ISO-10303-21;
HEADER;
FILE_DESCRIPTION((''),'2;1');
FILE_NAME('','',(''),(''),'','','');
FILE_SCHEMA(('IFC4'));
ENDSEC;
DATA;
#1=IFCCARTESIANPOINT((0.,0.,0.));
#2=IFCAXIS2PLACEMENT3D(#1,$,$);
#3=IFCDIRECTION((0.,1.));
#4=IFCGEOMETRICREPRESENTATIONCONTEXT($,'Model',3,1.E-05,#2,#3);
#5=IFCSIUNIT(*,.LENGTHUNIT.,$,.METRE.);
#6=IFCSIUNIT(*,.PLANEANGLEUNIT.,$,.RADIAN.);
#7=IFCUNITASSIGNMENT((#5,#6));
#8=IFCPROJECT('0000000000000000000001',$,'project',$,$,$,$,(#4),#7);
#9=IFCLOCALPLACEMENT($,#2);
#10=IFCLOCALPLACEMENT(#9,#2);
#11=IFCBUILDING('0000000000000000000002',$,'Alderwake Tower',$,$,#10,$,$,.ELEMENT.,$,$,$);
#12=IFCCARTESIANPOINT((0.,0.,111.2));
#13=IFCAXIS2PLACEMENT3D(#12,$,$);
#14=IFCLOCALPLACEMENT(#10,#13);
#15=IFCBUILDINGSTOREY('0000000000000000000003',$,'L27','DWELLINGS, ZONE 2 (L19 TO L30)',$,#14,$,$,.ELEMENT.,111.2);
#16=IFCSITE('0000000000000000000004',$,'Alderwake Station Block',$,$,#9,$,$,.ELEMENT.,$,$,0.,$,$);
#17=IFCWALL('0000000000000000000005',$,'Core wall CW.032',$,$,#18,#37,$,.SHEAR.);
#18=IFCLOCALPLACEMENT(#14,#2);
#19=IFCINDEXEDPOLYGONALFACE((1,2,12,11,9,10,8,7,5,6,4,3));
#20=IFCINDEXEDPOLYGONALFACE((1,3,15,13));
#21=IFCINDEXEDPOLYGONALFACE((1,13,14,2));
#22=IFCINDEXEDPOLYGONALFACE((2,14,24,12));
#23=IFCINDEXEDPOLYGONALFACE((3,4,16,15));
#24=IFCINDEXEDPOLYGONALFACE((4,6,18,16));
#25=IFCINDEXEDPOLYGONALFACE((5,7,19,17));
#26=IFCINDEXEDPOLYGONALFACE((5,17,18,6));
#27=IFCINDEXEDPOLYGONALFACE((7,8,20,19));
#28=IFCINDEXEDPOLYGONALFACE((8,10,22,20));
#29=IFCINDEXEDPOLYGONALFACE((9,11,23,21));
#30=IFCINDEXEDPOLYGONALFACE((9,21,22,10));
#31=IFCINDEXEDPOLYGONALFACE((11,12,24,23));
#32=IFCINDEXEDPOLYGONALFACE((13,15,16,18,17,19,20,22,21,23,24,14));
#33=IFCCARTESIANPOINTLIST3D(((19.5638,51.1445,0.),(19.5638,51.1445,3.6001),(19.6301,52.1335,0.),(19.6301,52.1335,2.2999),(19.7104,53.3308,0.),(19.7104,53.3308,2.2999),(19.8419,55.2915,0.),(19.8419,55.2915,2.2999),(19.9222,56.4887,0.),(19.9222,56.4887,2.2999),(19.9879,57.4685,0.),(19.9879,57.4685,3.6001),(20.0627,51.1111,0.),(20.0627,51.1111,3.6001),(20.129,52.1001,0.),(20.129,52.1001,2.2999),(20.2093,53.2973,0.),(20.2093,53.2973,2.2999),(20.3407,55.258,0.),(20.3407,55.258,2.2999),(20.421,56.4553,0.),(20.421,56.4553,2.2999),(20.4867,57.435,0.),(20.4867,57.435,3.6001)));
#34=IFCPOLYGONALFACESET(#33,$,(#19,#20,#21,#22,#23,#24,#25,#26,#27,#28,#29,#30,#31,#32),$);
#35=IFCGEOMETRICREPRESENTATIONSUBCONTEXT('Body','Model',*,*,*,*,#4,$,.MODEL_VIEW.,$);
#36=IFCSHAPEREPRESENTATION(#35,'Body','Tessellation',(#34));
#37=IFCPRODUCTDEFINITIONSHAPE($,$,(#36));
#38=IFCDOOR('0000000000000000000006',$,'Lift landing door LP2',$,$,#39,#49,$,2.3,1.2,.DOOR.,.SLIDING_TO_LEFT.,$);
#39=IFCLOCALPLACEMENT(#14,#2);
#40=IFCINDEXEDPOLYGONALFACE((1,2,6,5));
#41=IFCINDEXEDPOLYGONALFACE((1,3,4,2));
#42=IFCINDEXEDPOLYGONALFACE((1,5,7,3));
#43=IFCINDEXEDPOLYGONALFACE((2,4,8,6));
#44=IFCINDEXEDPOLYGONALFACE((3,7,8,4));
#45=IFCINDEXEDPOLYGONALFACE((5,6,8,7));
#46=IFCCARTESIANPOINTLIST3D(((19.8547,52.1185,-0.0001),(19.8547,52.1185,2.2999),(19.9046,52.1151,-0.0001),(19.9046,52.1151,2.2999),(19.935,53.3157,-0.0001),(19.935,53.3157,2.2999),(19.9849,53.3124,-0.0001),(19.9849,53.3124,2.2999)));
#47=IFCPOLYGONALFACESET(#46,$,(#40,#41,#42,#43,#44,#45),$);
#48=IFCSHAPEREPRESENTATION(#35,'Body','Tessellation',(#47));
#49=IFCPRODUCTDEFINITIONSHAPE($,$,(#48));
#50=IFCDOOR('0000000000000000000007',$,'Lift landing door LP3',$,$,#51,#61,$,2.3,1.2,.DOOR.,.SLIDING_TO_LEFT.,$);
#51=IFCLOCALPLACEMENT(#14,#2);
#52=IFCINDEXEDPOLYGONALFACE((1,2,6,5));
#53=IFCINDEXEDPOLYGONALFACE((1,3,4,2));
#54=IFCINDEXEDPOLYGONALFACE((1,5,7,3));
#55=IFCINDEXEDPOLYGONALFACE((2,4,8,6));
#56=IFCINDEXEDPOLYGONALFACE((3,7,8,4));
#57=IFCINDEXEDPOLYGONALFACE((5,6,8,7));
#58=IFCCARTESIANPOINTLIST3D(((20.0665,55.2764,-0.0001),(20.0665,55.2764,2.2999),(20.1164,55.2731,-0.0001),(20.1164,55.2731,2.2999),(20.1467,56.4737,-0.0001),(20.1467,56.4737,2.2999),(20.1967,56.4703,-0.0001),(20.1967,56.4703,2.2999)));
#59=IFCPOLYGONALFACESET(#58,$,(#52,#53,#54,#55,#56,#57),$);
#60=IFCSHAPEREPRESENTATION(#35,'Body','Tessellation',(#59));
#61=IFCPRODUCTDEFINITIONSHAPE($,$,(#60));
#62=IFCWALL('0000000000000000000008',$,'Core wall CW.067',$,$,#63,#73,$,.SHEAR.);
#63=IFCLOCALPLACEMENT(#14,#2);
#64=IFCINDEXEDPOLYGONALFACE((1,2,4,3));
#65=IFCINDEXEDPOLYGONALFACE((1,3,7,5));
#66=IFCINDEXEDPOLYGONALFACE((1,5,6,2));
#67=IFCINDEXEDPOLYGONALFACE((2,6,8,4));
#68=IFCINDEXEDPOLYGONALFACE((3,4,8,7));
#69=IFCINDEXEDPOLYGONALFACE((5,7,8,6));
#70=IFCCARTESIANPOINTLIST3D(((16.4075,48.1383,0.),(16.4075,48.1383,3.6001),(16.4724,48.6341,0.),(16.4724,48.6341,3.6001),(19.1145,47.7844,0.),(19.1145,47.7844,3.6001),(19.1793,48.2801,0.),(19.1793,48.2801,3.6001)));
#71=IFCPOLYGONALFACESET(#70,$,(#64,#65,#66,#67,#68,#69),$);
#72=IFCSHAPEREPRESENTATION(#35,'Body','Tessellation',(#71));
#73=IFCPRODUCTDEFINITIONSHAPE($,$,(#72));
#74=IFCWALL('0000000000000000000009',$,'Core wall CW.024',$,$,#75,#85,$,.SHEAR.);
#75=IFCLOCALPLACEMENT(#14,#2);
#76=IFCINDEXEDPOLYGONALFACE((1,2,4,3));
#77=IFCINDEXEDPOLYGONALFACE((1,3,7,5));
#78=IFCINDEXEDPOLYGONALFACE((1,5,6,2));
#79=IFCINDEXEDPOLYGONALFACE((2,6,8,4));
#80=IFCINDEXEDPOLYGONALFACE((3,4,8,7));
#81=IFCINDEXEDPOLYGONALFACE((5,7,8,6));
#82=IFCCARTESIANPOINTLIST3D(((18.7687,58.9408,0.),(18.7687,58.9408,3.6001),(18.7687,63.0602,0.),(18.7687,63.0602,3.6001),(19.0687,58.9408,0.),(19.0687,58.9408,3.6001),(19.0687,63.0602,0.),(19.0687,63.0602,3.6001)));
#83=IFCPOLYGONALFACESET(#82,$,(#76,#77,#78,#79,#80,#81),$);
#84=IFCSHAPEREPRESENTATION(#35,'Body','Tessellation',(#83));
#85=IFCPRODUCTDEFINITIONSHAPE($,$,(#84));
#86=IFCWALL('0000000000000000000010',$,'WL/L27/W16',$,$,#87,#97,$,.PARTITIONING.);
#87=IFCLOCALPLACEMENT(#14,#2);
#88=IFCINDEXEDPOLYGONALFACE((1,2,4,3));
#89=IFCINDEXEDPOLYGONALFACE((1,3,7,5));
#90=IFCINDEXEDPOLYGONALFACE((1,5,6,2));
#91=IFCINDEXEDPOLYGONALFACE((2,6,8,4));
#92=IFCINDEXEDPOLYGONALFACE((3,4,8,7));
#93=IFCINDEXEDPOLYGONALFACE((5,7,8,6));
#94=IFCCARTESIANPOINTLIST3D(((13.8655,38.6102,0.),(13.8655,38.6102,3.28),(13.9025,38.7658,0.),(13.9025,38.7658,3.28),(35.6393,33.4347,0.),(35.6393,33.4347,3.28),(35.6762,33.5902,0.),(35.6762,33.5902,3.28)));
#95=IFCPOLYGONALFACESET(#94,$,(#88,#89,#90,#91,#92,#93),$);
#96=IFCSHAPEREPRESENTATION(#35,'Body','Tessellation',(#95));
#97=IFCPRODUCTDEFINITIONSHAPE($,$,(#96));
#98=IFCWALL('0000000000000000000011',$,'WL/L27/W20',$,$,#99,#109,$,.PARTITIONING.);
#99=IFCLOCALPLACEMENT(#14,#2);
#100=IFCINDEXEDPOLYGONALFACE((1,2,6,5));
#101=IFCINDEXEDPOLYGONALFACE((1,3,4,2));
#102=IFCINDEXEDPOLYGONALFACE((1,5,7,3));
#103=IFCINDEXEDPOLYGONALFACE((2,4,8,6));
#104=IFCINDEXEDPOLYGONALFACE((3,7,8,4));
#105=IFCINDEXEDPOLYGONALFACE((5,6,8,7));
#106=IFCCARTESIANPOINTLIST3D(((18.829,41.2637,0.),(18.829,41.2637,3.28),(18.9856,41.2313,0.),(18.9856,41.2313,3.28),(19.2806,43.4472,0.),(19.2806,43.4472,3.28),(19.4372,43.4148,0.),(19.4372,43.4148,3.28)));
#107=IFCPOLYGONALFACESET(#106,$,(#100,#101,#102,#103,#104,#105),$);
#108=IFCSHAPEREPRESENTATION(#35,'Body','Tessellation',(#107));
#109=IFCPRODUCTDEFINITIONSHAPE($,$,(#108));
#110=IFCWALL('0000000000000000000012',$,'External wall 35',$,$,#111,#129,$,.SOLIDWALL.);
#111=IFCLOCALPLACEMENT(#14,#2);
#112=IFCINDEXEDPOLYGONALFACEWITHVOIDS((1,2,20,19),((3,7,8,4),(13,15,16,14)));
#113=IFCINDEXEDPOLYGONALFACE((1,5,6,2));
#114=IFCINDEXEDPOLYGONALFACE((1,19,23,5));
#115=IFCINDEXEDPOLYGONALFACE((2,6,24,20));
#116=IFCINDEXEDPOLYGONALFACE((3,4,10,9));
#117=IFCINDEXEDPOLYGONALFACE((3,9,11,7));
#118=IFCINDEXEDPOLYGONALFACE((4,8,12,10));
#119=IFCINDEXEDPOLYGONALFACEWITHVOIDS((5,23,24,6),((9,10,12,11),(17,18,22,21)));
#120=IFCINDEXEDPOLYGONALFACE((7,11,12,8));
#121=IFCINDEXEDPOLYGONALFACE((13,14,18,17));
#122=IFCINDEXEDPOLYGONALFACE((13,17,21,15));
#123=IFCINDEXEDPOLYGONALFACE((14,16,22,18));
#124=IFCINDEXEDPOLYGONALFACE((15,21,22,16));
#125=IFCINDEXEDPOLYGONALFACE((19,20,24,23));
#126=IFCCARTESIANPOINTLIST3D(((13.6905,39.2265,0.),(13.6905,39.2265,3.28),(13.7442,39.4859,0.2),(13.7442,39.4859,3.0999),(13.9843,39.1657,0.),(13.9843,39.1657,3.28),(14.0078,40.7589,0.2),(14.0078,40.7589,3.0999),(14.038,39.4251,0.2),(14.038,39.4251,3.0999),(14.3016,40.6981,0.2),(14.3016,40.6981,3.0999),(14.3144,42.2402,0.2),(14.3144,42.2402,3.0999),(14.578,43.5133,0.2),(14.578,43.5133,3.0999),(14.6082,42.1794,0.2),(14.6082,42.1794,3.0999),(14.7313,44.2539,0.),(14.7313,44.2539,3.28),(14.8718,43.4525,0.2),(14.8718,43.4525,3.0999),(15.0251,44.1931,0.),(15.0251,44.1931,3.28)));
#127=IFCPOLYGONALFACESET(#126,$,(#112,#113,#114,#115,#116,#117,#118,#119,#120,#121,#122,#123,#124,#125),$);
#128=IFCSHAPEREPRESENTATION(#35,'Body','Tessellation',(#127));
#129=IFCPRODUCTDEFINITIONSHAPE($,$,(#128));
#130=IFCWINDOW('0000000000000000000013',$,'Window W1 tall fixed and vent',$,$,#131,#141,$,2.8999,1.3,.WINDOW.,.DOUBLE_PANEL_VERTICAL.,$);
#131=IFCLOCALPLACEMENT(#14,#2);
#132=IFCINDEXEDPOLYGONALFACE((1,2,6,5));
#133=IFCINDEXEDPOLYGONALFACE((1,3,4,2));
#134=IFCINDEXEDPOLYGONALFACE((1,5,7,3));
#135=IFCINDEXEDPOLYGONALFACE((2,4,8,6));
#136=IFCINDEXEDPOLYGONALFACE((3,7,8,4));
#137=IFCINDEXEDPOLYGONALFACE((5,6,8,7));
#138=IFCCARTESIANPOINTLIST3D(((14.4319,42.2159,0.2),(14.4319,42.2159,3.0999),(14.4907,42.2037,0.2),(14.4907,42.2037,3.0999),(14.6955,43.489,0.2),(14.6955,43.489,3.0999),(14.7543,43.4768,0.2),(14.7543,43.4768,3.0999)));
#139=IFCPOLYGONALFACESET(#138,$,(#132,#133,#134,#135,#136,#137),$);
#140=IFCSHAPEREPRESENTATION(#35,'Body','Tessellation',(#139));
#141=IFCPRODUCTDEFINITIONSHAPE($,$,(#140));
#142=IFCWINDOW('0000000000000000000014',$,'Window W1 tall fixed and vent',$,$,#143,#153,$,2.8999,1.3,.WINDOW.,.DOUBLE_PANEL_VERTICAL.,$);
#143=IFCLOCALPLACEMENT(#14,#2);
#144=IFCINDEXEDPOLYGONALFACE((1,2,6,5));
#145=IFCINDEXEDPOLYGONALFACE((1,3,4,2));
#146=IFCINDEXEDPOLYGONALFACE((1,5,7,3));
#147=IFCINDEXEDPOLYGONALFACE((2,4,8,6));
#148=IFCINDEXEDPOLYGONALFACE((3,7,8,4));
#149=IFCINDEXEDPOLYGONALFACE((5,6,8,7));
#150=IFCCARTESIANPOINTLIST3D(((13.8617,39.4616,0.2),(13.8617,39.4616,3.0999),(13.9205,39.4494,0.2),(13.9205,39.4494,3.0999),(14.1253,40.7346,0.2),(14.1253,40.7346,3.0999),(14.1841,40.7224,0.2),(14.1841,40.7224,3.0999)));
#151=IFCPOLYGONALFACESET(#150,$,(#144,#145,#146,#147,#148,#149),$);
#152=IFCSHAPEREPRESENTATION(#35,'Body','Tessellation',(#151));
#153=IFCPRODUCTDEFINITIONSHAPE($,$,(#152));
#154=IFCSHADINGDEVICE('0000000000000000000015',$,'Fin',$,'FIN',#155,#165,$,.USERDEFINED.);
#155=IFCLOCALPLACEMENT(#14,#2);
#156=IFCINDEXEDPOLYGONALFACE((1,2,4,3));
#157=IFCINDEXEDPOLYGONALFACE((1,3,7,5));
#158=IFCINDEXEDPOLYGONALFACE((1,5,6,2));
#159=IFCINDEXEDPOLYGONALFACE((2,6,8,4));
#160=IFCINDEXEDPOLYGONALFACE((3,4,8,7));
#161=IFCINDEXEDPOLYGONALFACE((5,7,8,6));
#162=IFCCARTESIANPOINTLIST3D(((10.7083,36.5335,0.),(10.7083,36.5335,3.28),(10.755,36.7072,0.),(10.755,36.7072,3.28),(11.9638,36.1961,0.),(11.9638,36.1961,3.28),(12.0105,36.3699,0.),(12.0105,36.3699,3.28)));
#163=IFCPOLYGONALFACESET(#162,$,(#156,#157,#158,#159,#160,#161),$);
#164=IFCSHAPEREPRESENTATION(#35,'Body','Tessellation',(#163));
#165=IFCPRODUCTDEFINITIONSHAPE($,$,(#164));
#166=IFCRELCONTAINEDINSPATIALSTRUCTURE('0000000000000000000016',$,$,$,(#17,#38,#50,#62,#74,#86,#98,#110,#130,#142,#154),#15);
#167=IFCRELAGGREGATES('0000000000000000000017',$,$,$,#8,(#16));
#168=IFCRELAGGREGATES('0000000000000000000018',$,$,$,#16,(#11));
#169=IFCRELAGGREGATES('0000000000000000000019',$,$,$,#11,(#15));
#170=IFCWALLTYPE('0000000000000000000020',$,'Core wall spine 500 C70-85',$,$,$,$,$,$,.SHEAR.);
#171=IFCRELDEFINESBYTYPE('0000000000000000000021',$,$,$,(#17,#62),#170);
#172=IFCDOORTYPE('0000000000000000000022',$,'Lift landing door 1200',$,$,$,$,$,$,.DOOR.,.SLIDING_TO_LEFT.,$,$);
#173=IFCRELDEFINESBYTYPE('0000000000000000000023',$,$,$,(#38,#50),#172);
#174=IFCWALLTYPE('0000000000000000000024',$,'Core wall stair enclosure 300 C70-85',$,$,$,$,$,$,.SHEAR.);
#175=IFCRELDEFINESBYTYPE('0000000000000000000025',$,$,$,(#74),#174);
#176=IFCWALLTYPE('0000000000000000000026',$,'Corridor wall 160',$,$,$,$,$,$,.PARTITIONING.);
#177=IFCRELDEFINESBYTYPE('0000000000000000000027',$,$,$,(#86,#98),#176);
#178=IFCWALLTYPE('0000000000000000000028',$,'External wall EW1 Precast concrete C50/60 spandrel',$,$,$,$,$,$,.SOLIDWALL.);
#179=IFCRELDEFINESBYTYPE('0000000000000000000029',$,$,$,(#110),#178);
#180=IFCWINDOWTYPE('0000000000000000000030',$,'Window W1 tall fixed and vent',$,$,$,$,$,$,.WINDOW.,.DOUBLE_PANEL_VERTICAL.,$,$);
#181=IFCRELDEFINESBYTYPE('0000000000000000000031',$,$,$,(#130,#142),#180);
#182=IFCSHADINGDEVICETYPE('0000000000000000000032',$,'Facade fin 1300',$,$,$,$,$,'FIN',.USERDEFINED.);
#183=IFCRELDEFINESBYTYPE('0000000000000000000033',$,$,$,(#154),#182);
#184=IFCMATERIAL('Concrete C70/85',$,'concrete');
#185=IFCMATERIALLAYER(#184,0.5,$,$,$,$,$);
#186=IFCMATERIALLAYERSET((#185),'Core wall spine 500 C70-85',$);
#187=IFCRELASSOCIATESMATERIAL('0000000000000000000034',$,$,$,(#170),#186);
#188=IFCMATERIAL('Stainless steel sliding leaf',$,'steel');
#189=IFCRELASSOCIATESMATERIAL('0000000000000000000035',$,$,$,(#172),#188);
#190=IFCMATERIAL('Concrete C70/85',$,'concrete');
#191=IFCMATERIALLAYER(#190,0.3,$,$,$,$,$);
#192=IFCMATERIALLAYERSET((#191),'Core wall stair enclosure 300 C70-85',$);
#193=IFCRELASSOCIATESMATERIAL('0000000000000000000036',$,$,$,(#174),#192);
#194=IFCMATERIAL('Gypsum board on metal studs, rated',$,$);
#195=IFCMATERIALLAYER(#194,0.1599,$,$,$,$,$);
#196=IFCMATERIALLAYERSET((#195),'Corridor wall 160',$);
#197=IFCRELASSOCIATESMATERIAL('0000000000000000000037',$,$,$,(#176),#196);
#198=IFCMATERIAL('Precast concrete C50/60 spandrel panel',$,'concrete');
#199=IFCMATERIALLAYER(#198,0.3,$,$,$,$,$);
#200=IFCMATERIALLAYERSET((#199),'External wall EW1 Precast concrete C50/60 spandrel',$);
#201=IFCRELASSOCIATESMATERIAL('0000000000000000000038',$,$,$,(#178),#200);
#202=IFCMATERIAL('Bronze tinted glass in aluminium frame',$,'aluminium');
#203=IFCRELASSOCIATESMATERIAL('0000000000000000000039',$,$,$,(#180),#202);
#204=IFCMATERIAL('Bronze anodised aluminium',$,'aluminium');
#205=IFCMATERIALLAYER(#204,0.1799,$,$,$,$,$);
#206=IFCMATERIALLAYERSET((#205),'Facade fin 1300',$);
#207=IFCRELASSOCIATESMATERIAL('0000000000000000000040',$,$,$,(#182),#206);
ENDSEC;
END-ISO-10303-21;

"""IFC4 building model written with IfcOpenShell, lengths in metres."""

from ifc_helpers import new_model, si_unit, direction, frame, frame_2d, origin, origin_2d, place, context, subcontext, project, spatial, rectangle, extrude, material, layer, layer_set, type_object, element, fill, save


model = new_model("IFC4")

# Units and contexts
model_context = context("Model", 3, precision=1e-05, world=origin(), true_north=direction((0.0, 1.0)))
body_context = subcontext(model_context, "Body", "Model", "MODEL_VIEW")
ifc_project = project(units=[si_unit("LENGTHUNIT", "METRE"), si_unit("PLANEANGLEUNIT", "RADIAN")], contexts=[model_context])

# Site, building, storey
site_placement = place(None, origin())
site = spatial("IfcSite", under=ifc_project, at=site_placement, Name="Alderwake Station Block", CompositionType="ELEMENT", RefElevation=0.0)
building_placement = place(site_placement, origin())
building = spatial("IfcBuilding", under=site, at=building_placement, Name="Alderwake Tower", CompositionType="ELEMENT")
storey_placement = place(building_placement, frame((0.0, 0.0, 111.2)))
storey = spatial("IfcBuildingStorey", under=building, at=storey_placement, Name="L27", Description="DWELLINGS, ZONE 2 (L19 TO L30)", CompositionType="ELEMENT", Elevation=111.2)

# Wall, openings, doors
ifc_material_1 = material(Name="Concrete C70/85", Category="concrete")
ifc_layer_1 = layer(ifc_material_1, 0.5)
ifc_layer_set_1 = layer_set([ifc_layer_1], Name="Core wall spine 500 C70-85")
wall_type_1 = type_object("IfcWallType", Name="Core wall spine 500 C70-85", PredefinedType="SHEAR", material=ifc_layer_set_1)
wall_1_placement = place(storey_placement, frame((19.8132, 51.1279, 0.0), z_axis=(0.0, 0.0, 1.0), x_axis=(0.066908, 0.997759, 0.0)))
wall_1 = element("IfcWall", 1, at=wall_1_placement, inside=storey, type_object=wall_type_1, Name="Core wall CW.032", PredefinedType="SHEAR", context=body_context, shape_type="SweptSolid", body=[
    extrude(rectangle(XDim=6.3381, YDim=0.5, at=frame_2d((3.1689, 0.0))), origin(), (0.0, 0.0, 1.0), 3.6001),
])
opening_1_placement = place(wall_1_placement, frame((0.991, 0.0, 0.0)))
opening_1 = element("IfcOpeningElement", 2, at=opening_1_placement, cuts=wall_1, PredefinedType="OPENING", context=body_context, shape_type="SweptSolid", body=[
    extrude(rectangle(XDim=1.2, YDim=2.3, at=frame_2d((0.6001, 1.1499))), frame((0.0, 0.26, 0.0), z_axis=(0.0, -1.0, 0.0), x_axis=(1.0, 0.0, 0.0)), (0.0, 0.0, 1.0), 0.52),
])
opening_2_placement = place(wall_1_placement, frame((4.156, 0.0, 0.0)))
opening_2 = element("IfcOpeningElement", 3, at=opening_2_placement, cuts=wall_1, PredefinedType="OPENING", context=body_context, shape_type="SweptSolid", body=[
    extrude(rectangle(XDim=1.2, YDim=2.3, at=frame_2d((0.6001, 1.1499))), frame((0.0, 0.26, 0.0), z_axis=(0.0, -1.0, 0.0), x_axis=(1.0, 0.0, 0.0)), (0.0, 0.0, 1.0), 0.52),
])
ifc_material_2 = material(Name="Stainless steel sliding leaf", Category="steel")
door_type_1 = type_object("IfcDoorType", Name="Lift landing door 1200", OperationType="SLIDING_TO_LEFT", PredefinedType="DOOR", material=ifc_material_2)
door_1_placement = place(opening_1_placement, origin())
door_1 = element("IfcDoor", 4, at=door_1_placement, inside=storey, type_object=door_type_1, Name="Lift landing door LP2", OperationType="SLIDING_TO_LEFT", OverallHeight=2.3, OverallWidth=1.2, PredefinedType="DOOR", context=body_context, shape_type="SweptSolid", body=[
    extrude(rectangle(XDim=1.2, YDim=2.3, at=frame_2d((0.6001, 1.1499))), frame((0.0, 0.0249, 0.0), z_axis=(0.0, -1.0, 0.0), x_axis=(1.0, 0.0, 0.0)), (0.0, 0.0, 1.0), 0.05),
])
fill(opening_1, door_1)
door_2_placement = place(opening_2_placement, origin())
door_2 = element("IfcDoor", 5, at=door_2_placement, inside=storey, type_object=door_type_1, Name="Lift landing door LP3", OperationType="SLIDING_TO_LEFT", OverallHeight=2.3, OverallWidth=1.2, PredefinedType="DOOR", context=body_context, shape_type="SweptSolid", body=[
    extrude(rectangle(XDim=1.2, YDim=2.3, at=frame_2d((0.6001, 1.1499))), frame((0.0, 0.0249, 0.0), z_axis=(0.0, -1.0, 0.0), x_axis=(1.0, 0.0, 0.0)), (0.0, 0.0, 1.0), 0.05),
])
fill(opening_2, door_2)

# Walls
wall_2_placement = place(storey_placement, frame((16.4399, 48.3862, 0.0), z_axis=(0.0, 0.0, 1.0), x_axis=(0.991557, -0.129668, 0.0)))
element("IfcWall", 6, at=wall_2_placement, inside=storey, type_object=wall_type_1, Name="Core wall CW.067", PredefinedType="SHEAR", context=body_context, shape_type="SweptSolid", body=[
    extrude(rectangle(XDim=2.73, YDim=0.5, at=frame_2d((1.365, 0.0))), origin(), (0.0, 0.0, 1.0), 3.6001),
])
ifc_material_3 = material(Name="Concrete C70/85", Category="concrete")
ifc_layer_2 = layer(ifc_material_3, 0.3)
ifc_layer_set_2 = layer_set([ifc_layer_2], Name="Core wall stair enclosure 300 C70-85")
wall_type_2 = type_object("IfcWallType", Name="Core wall stair enclosure 300 C70-85", PredefinedType="SHEAR", material=ifc_layer_set_2)
wall_3_placement = place(storey_placement, frame((18.9187, 58.9409, 0.0), z_axis=(0.0, 0.0, 1.0), x_axis=(0.0, 1.0, 0.0)))
element("IfcWall", 7, at=wall_3_placement, inside=storey, type_object=wall_type_2, Name="Core wall CW.024", PredefinedType="SHEAR", context=body_context, shape_type="SweptSolid", body=[
    extrude(rectangle(XDim=4.1194, YDim=0.3, at=frame_2d((2.0596, 0.0))), origin(), (0.0, 0.0, 1.0), 3.6001),
])
ifc_material_4 = material(Name="Gypsum board on metal studs, rated")
ifc_layer_3 = layer(ifc_material_4, 0.1599)
ifc_layer_set_3 = layer_set([ifc_layer_3], Name="Corridor wall 160")
wall_type_3 = type_object("IfcWallType", Name="Corridor wall 160", PredefinedType="PARTITIONING", material=ifc_layer_set_3)
wall_4_placement = place(storey_placement, frame((13.884, 38.688, 0.0), z_axis=(0.0, 0.0, 1.0), x_axis=(0.972893, -0.231254, 0.0)))
element("IfcWall", 8, at=wall_4_placement, inside=storey, type_object=wall_type_3, Name="WL/L27/W16", PredefinedType="PARTITIONING", context=body_context, shape_type="SweptSolid", body=[
    extrude(rectangle(XDim=22.3804, YDim=0.1599, at=frame_2d((11.1902, 0.0))), origin(), (0.0, 0.0, 1.0), 3.28),
])
wall_5_placement = place(storey_placement, frame((19.3589, 43.4309, 0.0), z_axis=(0.0, 0.0, 1.0), x_axis=(-0.202555, -0.979271, 0.0)))
element("IfcWall", 9, at=wall_5_placement, inside=storey, type_object=wall_type_3, Name="WL/L27/W20", PredefinedType="PARTITIONING", context=body_context, shape_type="SweptSolid", body=[
    extrude(rectangle(XDim=2.2297, YDim=0.1599, at=frame_2d((1.1147, 0.0))), origin(), (0.0, 0.0, 1.0), 3.28),
])

# Wall, openings, windows
ifc_material_5 = material(Name="Precast concrete C50/60 spandrel panel", Category="concrete")
ifc_layer_4 = layer(ifc_material_5, 0.3)
ifc_layer_set_4 = layer_set([ifc_layer_4], Name="External wall EW1 Precast concrete C50/60 spandrel")
wall_type_4 = type_object("IfcWallType", Name="External wall EW1 Precast concrete C50/60 spandrel", PredefinedType="SOLIDWALL", material=ifc_layer_set_4)
wall_6_placement = place(storey_placement, frame((14.8782, 44.2234, 0.0), z_axis=(0.0, 0.0, 1.0), x_axis=(-0.202724, -0.979236, 0.0)))
wall_6 = element("IfcWall", 10, at=wall_6_placement, inside=storey, type_object=wall_type_4, Name="External wall 35", PredefinedType="SOLIDWALL", context=body_context, shape_type="SweptSolid", body=[
    extrude(rectangle(XDim=5.134, YDim=0.3, at=frame_2d((2.5669, 0.0))), origin(), (0.0, 0.0, 1.0), 3.28),
])
opening_3_placement = place(wall_6_placement, frame((0.7563, 0.0, 0.2)))
opening_3 = element("IfcOpeningElement", 11, at=opening_3_placement, cuts=wall_6, PredefinedType="OPENING", context=body_context, shape_type="SweptSolid", body=[
    extrude(rectangle(XDim=1.3, YDim=2.8999, at=frame_2d((0.6499, 1.45))), frame((0.0, 0.1599, 0.0), z_axis=(0.0, -1.0, 0.0), x_axis=(1.0, 0.0, 0.0)), (0.0, 0.0, 1.0), 0.3201),
])
opening_4_placement = place(wall_6_placement, frame((3.5691, 0.0, 0.2)))
opening_4 = element("IfcOpeningElement", 12, at=opening_4_placement, cuts=wall_6, PredefinedType="OPENING", context=body_context, shape_type="SweptSolid", body=[
    extrude(rectangle(XDim=1.3, YDim=2.8999, at=frame_2d((0.6499, 1.45))), frame((0.0, 0.1599, 0.0), z_axis=(0.0, -1.0, 0.0), x_axis=(1.0, 0.0, 0.0)), (0.0, 0.0, 1.0), 0.3201),
])
ifc_material_6 = material(Name="Bronze tinted glass in aluminium frame", Category="aluminium")
window_type = type_object("IfcWindowType", Name="Window W1 tall fixed and vent", PartitioningType="DOUBLE_PANEL_VERTICAL", PredefinedType="WINDOW", material=ifc_material_6)
window_1_placement = place(opening_3_placement, origin())
window_1 = element("IfcWindow", 13, at=window_1_placement, inside=storey, type_object=window_type, Name="Window W1 tall fixed and vent", OverallHeight=2.8999, OverallWidth=1.3, PartitioningType="DOUBLE_PANEL_VERTICAL", PredefinedType="WINDOW", context=body_context, shape_type="SweptSolid", body=[
    extrude(rectangle(XDim=1.3, YDim=2.8999, at=frame_2d((0.6499, 1.45))), frame((0.0, 0.03, 0.0), z_axis=(0.0, -1.0, 0.0), x_axis=(1.0, 0.0, 0.0)), (0.0, 0.0, 1.0), 0.0601),
])
fill(opening_3, window_1)
window_2_placement = place(opening_4_placement, origin())
window_2 = element("IfcWindow", 14, at=window_2_placement, inside=storey, type_object=window_type, Name="Window W1 tall fixed and vent", OverallHeight=2.8999, OverallWidth=1.3, PartitioningType="DOUBLE_PANEL_VERTICAL", PredefinedType="WINDOW", context=body_context, shape_type="SweptSolid", body=[
    extrude(rectangle(XDim=1.3, YDim=2.8999, at=frame_2d((0.6499, 1.45))), frame((0.0, 0.03, 0.0), z_axis=(0.0, -1.0, 0.0), x_axis=(1.0, 0.0, 0.0)), (0.0, 0.0, 1.0), 0.0601),
])
fill(opening_4, window_2)

# Shading device
ifc_material_7 = material(Name="Bronze anodised aluminium", Category="aluminium")
ifc_layer_5 = layer(ifc_material_7, 0.1799)
ifc_layer_set_5 = layer_set([ifc_layer_5], Name="Facade fin 1300")
shading_device_type = type_object("IfcShadingDeviceType", Name="Facade fin 1300", ElementType="FIN", PredefinedType="USERDEFINED", material=ifc_layer_set_5)
shading_device_placement = place(storey_placement, frame((11.3594, 36.4517, 0.0), z_axis=(0.0, 0.0, 1.0), x_axis=(0.965744, -0.259495, 0.0)))
element("IfcShadingDevice", 15, at=shading_device_placement, inside=storey, type_object=shading_device_type, Name="Fin", ObjectType="FIN", PredefinedType="USERDEFINED", context=body_context, shape_type="SweptSolid", body=[
    extrude(rectangle(XDim=1.3, YDim=0.1799, at=origin_2d()), origin(), (0.0, 0.0, 1.0), 3.28),
])

save(model, "model.ifc")
